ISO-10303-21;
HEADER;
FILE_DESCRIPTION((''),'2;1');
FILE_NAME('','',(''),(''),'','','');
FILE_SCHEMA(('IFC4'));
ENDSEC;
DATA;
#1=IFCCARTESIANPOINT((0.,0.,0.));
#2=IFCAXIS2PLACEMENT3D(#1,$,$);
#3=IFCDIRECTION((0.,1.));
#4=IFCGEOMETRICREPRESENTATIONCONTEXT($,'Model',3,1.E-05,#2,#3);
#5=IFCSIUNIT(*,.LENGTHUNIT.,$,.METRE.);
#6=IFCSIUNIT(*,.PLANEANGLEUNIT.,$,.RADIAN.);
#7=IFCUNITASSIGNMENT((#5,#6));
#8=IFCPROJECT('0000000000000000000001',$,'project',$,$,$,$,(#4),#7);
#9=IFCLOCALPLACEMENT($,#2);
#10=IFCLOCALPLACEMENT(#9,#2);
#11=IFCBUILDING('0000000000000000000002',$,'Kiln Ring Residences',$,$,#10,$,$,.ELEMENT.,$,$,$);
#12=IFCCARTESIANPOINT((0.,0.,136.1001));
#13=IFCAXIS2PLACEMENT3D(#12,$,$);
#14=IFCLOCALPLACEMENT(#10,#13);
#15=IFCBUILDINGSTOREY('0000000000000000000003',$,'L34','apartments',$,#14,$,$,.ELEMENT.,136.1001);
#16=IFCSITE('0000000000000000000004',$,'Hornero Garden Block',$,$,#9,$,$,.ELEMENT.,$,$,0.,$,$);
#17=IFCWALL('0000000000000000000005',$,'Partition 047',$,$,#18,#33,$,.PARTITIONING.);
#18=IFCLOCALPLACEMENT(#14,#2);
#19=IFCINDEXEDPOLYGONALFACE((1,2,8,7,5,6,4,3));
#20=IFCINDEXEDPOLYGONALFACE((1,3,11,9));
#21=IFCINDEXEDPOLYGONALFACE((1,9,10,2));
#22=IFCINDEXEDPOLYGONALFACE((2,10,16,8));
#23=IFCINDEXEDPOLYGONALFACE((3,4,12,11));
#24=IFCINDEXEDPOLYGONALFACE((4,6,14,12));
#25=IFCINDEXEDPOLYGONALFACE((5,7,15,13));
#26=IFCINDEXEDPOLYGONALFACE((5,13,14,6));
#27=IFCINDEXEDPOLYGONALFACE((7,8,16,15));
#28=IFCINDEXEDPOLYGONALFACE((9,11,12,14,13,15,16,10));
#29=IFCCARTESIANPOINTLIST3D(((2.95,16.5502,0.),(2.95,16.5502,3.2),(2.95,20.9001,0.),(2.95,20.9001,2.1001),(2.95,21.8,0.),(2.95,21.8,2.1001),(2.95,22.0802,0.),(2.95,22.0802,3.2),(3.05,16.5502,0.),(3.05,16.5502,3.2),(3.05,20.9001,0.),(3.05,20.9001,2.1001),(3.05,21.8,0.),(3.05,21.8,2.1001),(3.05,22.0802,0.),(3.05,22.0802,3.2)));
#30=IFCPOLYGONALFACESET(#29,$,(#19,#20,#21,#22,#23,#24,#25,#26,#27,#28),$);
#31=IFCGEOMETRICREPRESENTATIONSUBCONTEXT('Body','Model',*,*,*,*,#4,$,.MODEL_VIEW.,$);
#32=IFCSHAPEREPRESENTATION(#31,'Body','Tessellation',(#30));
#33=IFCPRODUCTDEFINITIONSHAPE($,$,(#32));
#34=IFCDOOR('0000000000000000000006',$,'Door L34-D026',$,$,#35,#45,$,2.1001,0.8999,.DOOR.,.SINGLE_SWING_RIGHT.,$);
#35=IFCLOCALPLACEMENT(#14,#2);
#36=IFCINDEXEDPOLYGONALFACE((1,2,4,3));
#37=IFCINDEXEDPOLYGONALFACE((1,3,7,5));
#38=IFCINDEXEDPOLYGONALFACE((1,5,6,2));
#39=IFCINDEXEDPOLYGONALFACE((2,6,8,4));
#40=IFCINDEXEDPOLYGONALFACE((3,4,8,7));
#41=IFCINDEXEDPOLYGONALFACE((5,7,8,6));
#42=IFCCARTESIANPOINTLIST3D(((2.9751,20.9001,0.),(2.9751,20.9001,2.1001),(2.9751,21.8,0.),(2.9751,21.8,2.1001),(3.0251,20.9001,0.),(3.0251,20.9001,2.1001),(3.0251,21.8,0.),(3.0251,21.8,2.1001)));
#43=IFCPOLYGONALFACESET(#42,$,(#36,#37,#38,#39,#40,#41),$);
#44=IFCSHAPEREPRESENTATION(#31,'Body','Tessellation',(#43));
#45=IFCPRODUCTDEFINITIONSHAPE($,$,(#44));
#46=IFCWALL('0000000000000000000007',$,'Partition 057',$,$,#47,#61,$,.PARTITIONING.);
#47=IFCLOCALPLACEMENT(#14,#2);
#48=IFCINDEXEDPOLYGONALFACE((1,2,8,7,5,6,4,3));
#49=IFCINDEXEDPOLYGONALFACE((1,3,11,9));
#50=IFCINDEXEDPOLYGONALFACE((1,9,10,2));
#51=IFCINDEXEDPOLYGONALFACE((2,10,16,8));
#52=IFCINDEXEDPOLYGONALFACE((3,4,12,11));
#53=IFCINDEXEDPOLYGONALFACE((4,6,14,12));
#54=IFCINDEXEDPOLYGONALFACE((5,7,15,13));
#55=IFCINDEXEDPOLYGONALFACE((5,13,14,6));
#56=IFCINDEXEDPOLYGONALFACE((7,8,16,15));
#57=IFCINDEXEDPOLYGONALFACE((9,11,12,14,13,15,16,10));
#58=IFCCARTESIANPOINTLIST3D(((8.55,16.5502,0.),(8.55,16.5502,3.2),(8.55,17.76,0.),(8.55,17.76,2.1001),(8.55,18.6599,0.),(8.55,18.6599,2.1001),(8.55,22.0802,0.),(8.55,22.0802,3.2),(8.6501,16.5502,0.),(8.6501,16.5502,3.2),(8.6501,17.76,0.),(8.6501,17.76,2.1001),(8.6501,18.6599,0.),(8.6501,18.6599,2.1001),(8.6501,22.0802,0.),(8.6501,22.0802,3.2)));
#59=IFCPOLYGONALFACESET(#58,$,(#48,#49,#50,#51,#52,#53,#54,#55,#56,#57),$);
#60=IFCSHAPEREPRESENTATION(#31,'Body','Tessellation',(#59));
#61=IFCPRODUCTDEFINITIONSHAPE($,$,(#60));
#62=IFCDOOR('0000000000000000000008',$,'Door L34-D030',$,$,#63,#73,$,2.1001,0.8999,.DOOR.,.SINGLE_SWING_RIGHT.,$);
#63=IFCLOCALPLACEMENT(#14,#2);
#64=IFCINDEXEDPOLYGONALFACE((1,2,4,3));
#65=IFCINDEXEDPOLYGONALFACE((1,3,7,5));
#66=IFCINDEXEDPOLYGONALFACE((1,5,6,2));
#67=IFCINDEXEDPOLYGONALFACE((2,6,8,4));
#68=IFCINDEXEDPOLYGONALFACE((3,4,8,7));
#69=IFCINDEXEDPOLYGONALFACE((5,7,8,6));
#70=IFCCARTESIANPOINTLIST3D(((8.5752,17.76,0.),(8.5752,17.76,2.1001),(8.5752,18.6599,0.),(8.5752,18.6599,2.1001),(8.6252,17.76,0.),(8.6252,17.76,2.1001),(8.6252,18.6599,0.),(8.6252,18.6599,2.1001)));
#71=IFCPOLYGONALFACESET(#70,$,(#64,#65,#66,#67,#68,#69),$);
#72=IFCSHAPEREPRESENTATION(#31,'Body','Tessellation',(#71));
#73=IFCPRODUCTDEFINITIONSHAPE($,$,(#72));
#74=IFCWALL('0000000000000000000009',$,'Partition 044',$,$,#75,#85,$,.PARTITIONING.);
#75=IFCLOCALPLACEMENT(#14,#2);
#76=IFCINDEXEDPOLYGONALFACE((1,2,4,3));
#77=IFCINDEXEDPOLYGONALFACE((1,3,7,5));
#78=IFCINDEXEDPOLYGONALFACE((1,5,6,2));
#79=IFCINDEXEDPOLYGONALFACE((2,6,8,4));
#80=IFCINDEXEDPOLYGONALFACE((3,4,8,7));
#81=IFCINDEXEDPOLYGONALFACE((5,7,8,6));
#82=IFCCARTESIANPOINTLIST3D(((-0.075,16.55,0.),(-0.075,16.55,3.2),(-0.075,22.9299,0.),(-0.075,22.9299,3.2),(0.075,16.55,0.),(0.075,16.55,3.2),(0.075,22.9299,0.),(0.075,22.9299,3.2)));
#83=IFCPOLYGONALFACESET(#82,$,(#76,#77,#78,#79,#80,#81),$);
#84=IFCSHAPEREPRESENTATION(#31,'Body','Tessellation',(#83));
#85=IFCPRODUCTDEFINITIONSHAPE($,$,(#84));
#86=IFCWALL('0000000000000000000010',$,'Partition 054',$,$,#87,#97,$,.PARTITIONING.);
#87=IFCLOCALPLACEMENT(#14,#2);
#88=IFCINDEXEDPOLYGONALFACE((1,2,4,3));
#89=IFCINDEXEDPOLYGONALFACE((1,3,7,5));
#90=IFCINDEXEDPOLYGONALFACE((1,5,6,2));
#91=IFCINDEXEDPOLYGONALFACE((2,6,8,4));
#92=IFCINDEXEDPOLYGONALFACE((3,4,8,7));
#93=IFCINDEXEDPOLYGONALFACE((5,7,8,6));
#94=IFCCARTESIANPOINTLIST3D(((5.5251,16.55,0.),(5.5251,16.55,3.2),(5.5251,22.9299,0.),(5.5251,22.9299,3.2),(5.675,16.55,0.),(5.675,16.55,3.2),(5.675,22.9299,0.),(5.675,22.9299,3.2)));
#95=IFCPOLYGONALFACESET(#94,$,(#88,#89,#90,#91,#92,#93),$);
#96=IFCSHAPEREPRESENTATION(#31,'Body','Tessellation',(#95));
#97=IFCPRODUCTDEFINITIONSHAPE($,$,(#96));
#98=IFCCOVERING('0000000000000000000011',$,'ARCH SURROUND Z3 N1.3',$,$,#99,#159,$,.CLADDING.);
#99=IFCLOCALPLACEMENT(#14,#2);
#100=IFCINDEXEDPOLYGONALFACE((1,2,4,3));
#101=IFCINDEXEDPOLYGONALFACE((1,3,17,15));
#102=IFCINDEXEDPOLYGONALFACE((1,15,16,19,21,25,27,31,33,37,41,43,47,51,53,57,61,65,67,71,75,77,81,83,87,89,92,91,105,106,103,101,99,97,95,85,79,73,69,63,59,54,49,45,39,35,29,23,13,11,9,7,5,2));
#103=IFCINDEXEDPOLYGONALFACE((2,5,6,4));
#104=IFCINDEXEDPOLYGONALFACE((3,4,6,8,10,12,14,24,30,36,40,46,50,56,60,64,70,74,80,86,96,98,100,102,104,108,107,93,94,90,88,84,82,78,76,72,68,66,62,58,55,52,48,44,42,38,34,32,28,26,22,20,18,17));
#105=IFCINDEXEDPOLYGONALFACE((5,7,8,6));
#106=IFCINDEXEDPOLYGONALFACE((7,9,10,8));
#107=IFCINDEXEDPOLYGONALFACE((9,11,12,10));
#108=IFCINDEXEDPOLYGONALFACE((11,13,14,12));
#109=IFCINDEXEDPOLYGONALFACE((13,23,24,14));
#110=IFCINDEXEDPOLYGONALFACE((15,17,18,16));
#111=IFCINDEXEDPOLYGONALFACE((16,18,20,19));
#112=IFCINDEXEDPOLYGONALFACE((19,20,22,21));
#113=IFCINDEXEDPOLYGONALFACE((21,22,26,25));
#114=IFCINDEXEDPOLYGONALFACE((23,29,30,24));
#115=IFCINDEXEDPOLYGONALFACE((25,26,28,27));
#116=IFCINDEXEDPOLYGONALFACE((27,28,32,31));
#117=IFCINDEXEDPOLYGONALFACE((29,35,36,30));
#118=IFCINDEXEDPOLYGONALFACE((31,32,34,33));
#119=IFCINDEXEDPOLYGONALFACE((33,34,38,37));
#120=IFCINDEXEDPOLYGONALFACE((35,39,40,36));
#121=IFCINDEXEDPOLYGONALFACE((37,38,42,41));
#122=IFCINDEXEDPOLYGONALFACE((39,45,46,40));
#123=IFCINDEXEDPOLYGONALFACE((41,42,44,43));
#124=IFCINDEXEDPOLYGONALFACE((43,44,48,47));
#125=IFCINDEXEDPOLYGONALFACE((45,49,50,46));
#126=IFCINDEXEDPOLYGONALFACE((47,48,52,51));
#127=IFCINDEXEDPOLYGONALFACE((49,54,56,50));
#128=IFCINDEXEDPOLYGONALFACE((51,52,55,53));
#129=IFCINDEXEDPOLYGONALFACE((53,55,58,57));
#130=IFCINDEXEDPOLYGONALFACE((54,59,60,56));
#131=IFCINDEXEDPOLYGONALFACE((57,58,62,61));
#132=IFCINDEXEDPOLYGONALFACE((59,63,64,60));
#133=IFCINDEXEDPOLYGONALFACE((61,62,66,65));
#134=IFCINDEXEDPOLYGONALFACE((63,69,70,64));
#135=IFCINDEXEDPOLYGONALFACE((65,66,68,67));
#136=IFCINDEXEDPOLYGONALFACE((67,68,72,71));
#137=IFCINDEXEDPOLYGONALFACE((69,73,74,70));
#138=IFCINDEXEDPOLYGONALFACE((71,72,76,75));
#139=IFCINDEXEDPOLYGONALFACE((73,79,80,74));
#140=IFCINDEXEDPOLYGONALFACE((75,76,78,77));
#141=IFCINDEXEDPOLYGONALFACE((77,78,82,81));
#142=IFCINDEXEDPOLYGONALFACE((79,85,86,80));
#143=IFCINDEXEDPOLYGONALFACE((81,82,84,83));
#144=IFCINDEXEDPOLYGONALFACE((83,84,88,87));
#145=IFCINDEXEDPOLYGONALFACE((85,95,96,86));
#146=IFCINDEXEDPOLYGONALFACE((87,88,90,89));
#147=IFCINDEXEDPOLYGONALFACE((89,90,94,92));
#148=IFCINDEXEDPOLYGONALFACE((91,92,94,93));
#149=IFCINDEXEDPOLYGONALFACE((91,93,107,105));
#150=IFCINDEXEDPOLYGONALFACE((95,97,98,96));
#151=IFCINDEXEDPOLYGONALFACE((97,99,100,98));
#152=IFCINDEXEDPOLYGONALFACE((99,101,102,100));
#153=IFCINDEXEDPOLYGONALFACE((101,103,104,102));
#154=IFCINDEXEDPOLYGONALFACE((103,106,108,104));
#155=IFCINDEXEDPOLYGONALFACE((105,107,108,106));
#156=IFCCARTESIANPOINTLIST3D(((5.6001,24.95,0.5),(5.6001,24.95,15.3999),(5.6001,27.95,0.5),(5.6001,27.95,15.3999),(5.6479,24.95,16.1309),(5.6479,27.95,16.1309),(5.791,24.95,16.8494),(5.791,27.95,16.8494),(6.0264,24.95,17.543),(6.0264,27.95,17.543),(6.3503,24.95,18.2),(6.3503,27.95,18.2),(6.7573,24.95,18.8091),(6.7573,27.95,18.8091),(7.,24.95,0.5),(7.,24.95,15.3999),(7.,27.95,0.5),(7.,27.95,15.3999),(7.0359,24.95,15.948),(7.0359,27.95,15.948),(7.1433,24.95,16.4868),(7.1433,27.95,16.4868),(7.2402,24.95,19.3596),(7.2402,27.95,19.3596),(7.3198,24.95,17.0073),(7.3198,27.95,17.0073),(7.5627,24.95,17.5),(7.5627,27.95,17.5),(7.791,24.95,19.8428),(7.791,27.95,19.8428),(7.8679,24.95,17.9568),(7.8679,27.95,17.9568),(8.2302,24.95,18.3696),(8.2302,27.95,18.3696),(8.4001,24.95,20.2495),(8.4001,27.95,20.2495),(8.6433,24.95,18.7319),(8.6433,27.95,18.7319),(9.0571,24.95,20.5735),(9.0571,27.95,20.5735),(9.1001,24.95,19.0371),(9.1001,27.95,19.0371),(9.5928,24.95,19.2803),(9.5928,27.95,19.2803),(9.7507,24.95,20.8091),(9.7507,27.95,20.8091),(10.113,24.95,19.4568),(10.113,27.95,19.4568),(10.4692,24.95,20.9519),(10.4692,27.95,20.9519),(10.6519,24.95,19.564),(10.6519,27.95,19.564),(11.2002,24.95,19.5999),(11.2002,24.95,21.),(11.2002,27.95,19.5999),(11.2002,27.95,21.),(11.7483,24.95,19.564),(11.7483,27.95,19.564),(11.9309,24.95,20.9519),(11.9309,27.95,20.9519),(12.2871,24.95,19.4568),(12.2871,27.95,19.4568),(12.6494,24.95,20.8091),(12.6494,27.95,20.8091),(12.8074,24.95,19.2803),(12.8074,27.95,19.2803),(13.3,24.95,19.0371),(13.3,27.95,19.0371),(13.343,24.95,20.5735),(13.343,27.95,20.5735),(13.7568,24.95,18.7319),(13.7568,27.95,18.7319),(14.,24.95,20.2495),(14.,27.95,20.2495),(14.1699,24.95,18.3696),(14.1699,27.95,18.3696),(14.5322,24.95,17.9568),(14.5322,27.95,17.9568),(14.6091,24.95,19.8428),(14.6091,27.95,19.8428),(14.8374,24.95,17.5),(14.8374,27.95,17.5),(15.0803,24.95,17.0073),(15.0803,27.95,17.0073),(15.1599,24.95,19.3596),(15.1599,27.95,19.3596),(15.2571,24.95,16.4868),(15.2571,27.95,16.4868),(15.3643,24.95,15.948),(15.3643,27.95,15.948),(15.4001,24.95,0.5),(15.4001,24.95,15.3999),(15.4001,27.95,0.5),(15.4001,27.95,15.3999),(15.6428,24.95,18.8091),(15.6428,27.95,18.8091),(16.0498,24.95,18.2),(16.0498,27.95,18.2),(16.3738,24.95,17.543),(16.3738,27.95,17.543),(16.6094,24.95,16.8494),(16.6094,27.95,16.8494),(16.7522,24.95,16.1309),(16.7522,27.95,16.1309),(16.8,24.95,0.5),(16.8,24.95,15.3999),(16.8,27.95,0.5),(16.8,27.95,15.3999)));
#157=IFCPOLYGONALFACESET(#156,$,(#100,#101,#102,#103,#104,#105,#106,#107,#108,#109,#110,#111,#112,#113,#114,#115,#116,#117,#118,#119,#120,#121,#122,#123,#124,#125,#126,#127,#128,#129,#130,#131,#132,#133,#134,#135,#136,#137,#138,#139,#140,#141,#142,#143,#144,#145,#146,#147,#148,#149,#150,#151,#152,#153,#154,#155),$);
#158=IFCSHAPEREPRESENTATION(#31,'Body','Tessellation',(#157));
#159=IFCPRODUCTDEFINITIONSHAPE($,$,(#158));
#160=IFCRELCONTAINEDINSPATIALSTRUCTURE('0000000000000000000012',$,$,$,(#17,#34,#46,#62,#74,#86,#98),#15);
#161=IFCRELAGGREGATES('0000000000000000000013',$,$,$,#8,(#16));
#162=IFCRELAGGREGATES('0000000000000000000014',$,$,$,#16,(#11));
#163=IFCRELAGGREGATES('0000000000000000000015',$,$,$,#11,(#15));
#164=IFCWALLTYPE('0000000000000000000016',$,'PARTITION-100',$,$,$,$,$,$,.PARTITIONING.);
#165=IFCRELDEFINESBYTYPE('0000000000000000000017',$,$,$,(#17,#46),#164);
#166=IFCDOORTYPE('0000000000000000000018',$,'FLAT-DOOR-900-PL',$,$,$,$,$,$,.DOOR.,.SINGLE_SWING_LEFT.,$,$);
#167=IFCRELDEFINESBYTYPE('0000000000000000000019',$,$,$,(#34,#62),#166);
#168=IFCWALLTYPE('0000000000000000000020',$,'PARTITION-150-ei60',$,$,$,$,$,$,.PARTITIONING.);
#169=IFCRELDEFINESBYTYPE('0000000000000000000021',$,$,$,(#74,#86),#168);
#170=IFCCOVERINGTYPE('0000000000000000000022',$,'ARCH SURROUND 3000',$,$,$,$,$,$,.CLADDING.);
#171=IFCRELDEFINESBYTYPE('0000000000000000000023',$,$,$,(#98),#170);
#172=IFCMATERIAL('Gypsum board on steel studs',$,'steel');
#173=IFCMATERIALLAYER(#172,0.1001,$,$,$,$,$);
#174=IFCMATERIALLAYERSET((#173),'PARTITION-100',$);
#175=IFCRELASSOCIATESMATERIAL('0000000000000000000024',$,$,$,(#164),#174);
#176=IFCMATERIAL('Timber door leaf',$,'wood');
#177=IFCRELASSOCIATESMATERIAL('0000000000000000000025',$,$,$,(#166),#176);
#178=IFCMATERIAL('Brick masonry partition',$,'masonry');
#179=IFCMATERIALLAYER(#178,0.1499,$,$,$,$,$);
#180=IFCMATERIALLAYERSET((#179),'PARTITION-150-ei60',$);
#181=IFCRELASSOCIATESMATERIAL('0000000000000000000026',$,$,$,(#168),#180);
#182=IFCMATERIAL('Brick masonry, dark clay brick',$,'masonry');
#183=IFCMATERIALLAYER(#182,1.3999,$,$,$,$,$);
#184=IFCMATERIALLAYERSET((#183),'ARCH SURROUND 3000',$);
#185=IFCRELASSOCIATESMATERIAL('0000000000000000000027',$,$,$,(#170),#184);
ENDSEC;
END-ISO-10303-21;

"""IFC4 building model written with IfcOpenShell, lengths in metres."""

from ifc_helpers import new_model, si_unit, direction, frame, frame_2d, origin, place, context, subcontext, project, spatial, polyline, rectangle, outline, extrude, material, layer, layer_set, type_object, element, fill, save


model = new_model("IFC4")

# Units and contexts
model_context = context("Model", 3, precision=1e-05, world=origin(), true_north=direction((0.0, 1.0)))
body_context = subcontext(model_context, "Body", "Model", "MODEL_VIEW")
ifc_project = project(units=[si_unit("LENGTHUNIT", "METRE"), si_unit("PLANEANGLEUNIT", "RADIAN")], contexts=[model_context])

# Site, building, storey
site_placement = place(None, origin())
site = spatial("IfcSite", under=ifc_project, at=site_placement, Name="Hornero Garden Block", CompositionType="ELEMENT", RefElevation=0.0)
building_placement = place(site_placement, origin())
building = spatial("IfcBuilding", under=site, at=building_placement, Name="Kiln Ring Residences", CompositionType="ELEMENT")
storey_placement = place(building_placement, frame((0.0, 0.0, 136.1001)))
storey = spatial("IfcBuildingStorey", under=building, at=storey_placement, Name="L34", Description="apartments", CompositionType="ELEMENT", Elevation=136.1001)

# Walls, openings, doors
ifc_material_1 = material(Name="Gypsum board on steel studs", Category="steel")
ifc_layer_1 = layer(ifc_material_1, 0.1001)
ifc_layer_set_1 = layer_set([ifc_layer_1], Name="PARTITION-100")
wall_type_1 = type_object("IfcWallType", Name="PARTITION-100", PredefinedType="PARTITIONING", material=ifc_layer_set_1)
wall_1_placement = place(storey_placement, frame((3.0, 16.55, 0.0), z_axis=(0.0, 0.0, 1.0), x_axis=(0.0, 1.0, 0.0)))
wall_1 = element("IfcWall", 1, at=wall_1_placement, inside=storey, type_object=wall_type_1, Name="Partition 047", PredefinedType="PARTITIONING", context=body_context, shape_type="SweptSolid", body=[
    extrude(rectangle(XDim=5.53, YDim=0.1001, at=frame_2d((2.7651, 0.0))), origin(), (0.0, 0.0, 1.0), 3.2),
])
opening_1_placement = place(wall_1_placement, frame((4.3501, 0.0, 0.0)))
opening_1 = element("IfcOpeningElement", 2, at=opening_1_placement, cuts=wall_1, PredefinedType="OPENING", context=body_context, shape_type="SweptSolid", body=[
    extrude(rectangle(XDim=0.8999, YDim=2.1001, at=frame_2d((0.45, 1.05))), frame((0.0, 0.0601, 0.0), z_axis=(0.0, -1.0, 0.0), x_axis=(1.0, 0.0, 0.0)), (0.0, 0.0, 1.0), 0.1201),
])
ifc_material_2 = material(Name="Timber door leaf", Category="wood")
door_type = type_object("IfcDoorType", Name="FLAT-DOOR-900-PL", OperationType="SINGLE_SWING_LEFT", PredefinedType="DOOR", material=ifc_material_2)
door_1_placement = place(opening_1_placement, origin())
door_1 = element("IfcDoor", 3, at=door_1_placement, inside=storey, type_object=door_type, Name="Door L34-D026", OperationType="SINGLE_SWING_RIGHT", OverallHeight=2.1001, OverallWidth=0.8999, PredefinedType="DOOR", context=body_context, shape_type="SweptSolid", body=[
    extrude(rectangle(XDim=0.8999, YDim=2.1001, at=frame_2d((0.45, 1.05))), frame((0.0, 0.0249, 0.0), z_axis=(0.0, -1.0, 0.0), x_axis=(1.0, 0.0, 0.0)), (0.0, 0.0, 1.0), 0.05),
])
fill(opening_1, door_1)
wall_2_placement = place(storey_placement, frame((8.6001, 16.55, 0.0), z_axis=(0.0, 0.0, 1.0), x_axis=(0.0, 1.0, 0.0)))
wall_2 = element("IfcWall", 4, at=wall_2_placement, inside=storey, type_object=wall_type_1, Name="Partition 057", PredefinedType="PARTITIONING", context=body_context, shape_type="SweptSolid", body=[
    extrude(rectangle(XDim=5.53, YDim=0.1001, at=frame_2d((2.7651, 0.0))), origin(), (0.0, 0.0, 1.0), 3.2),
])
opening_2_placement = place(wall_2_placement, frame((1.21, 0.0, 0.0)))
opening_2 = element("IfcOpeningElement", 5, at=opening_2_placement, cuts=wall_2, PredefinedType="OPENING", context=body_context, shape_type="SweptSolid", body=[
    extrude(rectangle(XDim=0.8999, YDim=2.1001, at=frame_2d((0.45, 1.05))), frame((0.0, 0.0601, 0.0), z_axis=(0.0, -1.0, 0.0), x_axis=(1.0, 0.0, 0.0)), (0.0, 0.0, 1.0), 0.1201),
])
door_2_placement = place(opening_2_placement, origin())
door_2 = element("IfcDoor", 6, at=door_2_placement, inside=storey, type_object=door_type, Name="Door L34-D030", OperationType="SINGLE_SWING_RIGHT", OverallHeight=2.1001, OverallWidth=0.8999, PredefinedType="DOOR", context=body_context, shape_type="SweptSolid", body=[
    extrude(rectangle(XDim=0.8999, YDim=2.1001, at=frame_2d((0.45, 1.05))), frame((0.0, 0.0249, 0.0), z_axis=(0.0, -1.0, 0.0), x_axis=(1.0, 0.0, 0.0)), (0.0, 0.0, 1.0), 0.05),
])
fill(opening_2, door_2)

# Walls
ifc_material_3 = material(Name="Brick masonry partition", Category="masonry")
ifc_layer_2 = layer(ifc_material_3, 0.1499)
ifc_layer_set_2 = layer_set([ifc_layer_2], Name="PARTITION-150-ei60")
wall_type_2 = type_object("IfcWallType", Name="PARTITION-150-ei60", PredefinedType="PARTITIONING", material=ifc_layer_set_2)
for number, where, z_axis, x_axis, name in (
    (7, (0.0, 16.55, 0.0), (0.0, 0.0, 1.0), (0.0, 1.0, 0.0), "Partition 044"),
    (8, (5.6001, 16.55, 0.0), (0.0, 0.0, 1.0), (0.0, 1.0, 0.0), "Partition 054"),
):
    element("IfcWall", number, at=place(storey_placement, frame(where, z_axis=z_axis, x_axis=x_axis)), inside=storey, type_object=wall_type_2, Name=name, PredefinedType="PARTITIONING", context=body_context, shape_type="SweptSolid", body=[
        extrude(rectangle(XDim=6.3799, YDim=0.1499, at=frame_2d((3.1899, 0.0))), origin(), (0.0, 0.0, 1.0), 3.2),
    ])

# Covering
ifc_material_4 = material(Name="Brick masonry, dark clay brick", Category="masonry")
ifc_layer_3 = layer(ifc_material_4, 1.3999)
ifc_layer_set_3 = layer_set([ifc_layer_3], Name="ARCH SURROUND 3000")
covering_type = type_object("IfcCoveringType", Name="ARCH SURROUND 3000", PredefinedType="CLADDING", material=ifc_layer_set_3)
covering_placement = place(storey_placement, frame((5.6001, 26.45, 0.5), z_axis=(0.0, 0.0, 1.0), x_axis=(1.0, 0.0, 0.0)))
element("IfcCovering", 9, at=covering_placement, inside=storey, type_object=covering_type, Name="ARCH SURROUND Z3 N1.3", PredefinedType="CLADDING", context=body_context, shape_type="SweptSolid", body=[
    extrude(outline(polyline([(0.0, 0.0), (0.0, 14.8999), (0.0479, 15.6309), (0.1909, 16.3494), (0.4263, 17.043), (0.7502, 17.7), (1.1572, 18.3091), (1.6401, 18.8596), (2.1909, 19.3428), (2.8, 19.7495), (3.457, 20.0735), (4.1506, 20.3091), (4.8691, 20.4519), (5.6001, 20.5), (6.3308, 20.4519), (7.0493, 20.3091), (7.7429, 20.0735), (8.3999, 19.7495), (9.009, 19.3428), (9.5598, 18.8596), (10.0427, 18.3091), (10.4497, 17.7), (10.7737, 17.043), (11.0093, 16.3494), (11.1521, 15.6309), (11.2, 14.8999), (11.2, 0.0), (9.8, 0.0), (9.8, 14.8999), (9.7642, 15.448), (9.657, 15.9868), (9.4802, 16.5073), (9.2373, 17.0), (8.9321, 17.4568), (8.5698, 17.8696), (8.1567, 18.2319), (7.7, 18.5371), (7.2073, 18.7803), (6.687, 18.9568), (6.1482, 19.064), (5.6001, 19.0999), (5.0518, 19.064), (4.5129, 18.9568), (3.9927, 18.7803), (3.5, 18.5371), (3.0432, 18.2319), (2.6301, 17.8696), (2.2678, 17.4568), (1.9626, 17.0), (1.7197, 16.5073), (1.5432, 15.9868), (1.4358, 15.448), (1.3999, 14.8999), (1.3999, 0.0), (0.0, 0.0)])), frame((0.0, 1.5, 0.0), z_axis=(0.0, -1.0, 0.0), x_axis=(1.0, 0.0, 0.0)), (0.0, 0.0, 1.0), 3.0),
])

save(model, "model.ifc")
